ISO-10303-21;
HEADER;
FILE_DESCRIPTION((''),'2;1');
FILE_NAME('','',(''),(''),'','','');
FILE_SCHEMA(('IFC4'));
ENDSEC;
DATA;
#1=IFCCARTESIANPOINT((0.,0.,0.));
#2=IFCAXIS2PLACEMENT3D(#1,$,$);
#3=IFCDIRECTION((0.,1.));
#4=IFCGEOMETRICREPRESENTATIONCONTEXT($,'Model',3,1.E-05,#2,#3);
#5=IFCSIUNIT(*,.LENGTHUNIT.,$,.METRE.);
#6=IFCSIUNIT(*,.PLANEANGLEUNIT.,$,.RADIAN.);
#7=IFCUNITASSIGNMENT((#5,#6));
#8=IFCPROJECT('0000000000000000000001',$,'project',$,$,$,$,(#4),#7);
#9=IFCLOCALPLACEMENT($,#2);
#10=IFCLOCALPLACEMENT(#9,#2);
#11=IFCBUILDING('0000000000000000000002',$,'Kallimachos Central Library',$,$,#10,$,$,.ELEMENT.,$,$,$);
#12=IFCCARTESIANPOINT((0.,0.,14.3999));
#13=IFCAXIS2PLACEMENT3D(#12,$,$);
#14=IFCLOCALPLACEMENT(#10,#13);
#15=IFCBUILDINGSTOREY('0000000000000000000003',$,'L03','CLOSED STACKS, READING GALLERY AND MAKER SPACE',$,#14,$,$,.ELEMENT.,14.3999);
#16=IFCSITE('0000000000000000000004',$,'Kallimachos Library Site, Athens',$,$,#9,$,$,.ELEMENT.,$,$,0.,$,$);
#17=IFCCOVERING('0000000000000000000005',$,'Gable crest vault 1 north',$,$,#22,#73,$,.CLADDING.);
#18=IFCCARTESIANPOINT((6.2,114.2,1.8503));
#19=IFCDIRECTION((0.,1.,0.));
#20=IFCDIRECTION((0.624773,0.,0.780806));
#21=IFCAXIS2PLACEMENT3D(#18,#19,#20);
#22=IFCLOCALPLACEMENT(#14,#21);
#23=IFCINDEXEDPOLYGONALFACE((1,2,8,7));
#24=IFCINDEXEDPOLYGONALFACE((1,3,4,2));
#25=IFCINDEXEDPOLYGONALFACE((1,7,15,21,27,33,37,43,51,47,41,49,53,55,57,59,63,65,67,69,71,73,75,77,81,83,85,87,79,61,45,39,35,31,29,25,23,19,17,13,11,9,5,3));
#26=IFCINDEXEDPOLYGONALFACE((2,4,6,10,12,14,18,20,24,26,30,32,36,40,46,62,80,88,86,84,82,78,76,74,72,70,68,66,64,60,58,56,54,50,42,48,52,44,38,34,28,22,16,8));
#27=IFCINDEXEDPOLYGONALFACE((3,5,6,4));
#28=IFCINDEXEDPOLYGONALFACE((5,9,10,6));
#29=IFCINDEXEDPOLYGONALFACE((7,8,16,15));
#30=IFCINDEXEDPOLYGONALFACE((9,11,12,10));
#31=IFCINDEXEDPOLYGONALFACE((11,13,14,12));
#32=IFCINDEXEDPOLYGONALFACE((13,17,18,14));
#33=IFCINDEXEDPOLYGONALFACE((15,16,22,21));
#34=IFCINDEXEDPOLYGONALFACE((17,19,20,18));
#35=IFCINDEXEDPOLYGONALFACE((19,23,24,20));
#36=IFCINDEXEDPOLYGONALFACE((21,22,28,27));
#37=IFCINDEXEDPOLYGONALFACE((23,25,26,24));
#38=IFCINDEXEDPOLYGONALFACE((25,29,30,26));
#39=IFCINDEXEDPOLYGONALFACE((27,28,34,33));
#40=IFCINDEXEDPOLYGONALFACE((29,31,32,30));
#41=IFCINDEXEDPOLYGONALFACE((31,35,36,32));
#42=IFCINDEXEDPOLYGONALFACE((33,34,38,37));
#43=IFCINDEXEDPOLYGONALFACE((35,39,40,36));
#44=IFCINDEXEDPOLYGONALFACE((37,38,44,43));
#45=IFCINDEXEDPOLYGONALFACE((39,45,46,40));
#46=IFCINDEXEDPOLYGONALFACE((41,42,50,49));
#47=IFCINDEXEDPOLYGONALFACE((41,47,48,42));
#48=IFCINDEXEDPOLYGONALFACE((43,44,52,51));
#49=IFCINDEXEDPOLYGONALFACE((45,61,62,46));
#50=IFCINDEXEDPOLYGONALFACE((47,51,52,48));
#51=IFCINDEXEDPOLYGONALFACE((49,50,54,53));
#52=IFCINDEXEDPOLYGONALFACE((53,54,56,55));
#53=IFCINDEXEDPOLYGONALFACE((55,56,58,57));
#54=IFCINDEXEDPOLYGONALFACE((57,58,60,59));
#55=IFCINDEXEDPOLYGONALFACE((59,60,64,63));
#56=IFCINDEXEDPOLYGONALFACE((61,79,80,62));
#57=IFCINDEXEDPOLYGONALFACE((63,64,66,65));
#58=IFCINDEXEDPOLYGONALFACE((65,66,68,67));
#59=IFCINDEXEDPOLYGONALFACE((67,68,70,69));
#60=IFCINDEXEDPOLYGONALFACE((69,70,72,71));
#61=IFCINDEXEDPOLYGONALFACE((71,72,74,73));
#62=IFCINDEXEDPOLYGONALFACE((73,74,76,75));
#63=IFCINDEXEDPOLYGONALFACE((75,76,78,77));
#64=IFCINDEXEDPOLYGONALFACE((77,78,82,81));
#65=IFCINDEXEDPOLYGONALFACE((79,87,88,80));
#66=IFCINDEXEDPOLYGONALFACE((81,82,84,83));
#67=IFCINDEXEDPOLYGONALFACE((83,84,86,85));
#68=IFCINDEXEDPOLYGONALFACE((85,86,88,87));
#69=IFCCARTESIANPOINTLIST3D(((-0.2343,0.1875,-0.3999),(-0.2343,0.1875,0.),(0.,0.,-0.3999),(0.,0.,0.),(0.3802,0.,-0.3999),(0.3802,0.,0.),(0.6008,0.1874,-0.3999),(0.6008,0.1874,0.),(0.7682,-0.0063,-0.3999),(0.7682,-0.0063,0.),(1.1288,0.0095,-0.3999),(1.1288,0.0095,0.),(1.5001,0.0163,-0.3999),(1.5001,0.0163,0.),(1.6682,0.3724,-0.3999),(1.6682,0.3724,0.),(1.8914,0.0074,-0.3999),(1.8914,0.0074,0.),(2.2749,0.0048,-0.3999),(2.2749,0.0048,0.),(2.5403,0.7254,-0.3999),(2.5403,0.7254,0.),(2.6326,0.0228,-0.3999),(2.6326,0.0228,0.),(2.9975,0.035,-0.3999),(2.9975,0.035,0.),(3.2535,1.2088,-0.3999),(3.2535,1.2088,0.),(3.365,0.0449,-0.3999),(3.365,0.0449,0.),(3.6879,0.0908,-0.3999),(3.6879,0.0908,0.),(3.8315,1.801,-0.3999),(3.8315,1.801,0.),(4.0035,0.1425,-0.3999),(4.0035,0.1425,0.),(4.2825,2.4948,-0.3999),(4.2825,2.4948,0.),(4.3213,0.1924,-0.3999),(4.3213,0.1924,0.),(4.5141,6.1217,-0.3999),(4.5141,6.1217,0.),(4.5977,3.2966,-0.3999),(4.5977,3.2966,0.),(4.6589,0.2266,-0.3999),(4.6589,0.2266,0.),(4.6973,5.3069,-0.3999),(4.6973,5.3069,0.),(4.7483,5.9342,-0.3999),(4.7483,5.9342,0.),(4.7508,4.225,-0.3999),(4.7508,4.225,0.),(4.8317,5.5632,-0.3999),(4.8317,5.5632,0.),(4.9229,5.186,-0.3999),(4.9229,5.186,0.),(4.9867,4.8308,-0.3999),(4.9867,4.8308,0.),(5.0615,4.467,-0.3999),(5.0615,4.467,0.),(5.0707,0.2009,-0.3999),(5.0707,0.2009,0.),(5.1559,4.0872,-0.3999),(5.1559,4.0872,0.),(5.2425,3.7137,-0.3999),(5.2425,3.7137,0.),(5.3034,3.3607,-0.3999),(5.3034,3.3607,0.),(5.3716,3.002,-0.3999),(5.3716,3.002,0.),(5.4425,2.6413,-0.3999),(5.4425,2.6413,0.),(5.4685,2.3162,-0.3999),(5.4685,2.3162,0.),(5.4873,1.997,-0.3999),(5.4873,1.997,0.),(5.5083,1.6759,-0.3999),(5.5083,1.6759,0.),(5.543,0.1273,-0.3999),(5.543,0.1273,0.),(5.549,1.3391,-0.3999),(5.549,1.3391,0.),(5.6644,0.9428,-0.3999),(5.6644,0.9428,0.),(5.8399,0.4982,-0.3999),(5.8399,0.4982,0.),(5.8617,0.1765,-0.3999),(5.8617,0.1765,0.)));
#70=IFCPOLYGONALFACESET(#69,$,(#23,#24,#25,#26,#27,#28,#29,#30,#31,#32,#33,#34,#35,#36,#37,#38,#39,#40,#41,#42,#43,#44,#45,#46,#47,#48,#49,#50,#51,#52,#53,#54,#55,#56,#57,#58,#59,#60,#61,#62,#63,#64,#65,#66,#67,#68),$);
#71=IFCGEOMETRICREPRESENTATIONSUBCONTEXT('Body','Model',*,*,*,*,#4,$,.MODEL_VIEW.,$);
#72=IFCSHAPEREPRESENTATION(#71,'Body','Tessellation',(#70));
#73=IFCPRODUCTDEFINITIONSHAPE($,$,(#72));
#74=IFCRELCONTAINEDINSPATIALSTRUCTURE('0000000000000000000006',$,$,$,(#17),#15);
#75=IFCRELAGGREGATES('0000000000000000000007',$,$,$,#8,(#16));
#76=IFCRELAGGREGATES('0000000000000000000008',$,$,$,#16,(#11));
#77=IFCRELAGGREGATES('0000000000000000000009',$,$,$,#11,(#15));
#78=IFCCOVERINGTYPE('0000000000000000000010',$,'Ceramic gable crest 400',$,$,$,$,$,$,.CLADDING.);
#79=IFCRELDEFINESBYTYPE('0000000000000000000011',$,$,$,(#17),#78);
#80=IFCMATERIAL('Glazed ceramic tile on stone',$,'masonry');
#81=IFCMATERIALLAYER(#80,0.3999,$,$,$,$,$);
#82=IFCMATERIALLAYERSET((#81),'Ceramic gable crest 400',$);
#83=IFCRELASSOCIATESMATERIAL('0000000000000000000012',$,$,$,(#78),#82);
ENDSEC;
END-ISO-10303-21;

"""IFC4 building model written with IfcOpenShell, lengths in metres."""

from ifc_helpers import new_model, si_unit, direction, frame, origin, place, context, subcontext, project, spatial, polyline, outline, extrude, material, layer, layer_set, type_object, element, save


model = new_model("IFC4")

# Units and contexts
model_context = context("Model", 3, precision=1e-05, world=origin(), true_north=direction((0.0, 1.0)))
body_context = subcontext(model_context, "Body", "Model", "MODEL_VIEW")
ifc_project = project(units=[si_unit("LENGTHUNIT", "METRE"), si_unit("PLANEANGLEUNIT", "RADIAN")], contexts=[model_context])

# Site, building, storey
site_placement = place(None, origin())
site = spatial("IfcSite", under=ifc_project, at=site_placement, Name="Kallimachos Library Site, Athens", CompositionType="ELEMENT", RefElevation=0.0)
building_placement = place(site_placement, origin())
building = spatial("IfcBuilding", under=site, at=building_placement, Name="Kallimachos Central Library", CompositionType="ELEMENT")
storey_placement = place(building_placement, frame((0.0, 0.0, 14.3999)))
storey = spatial("IfcBuildingStorey", under=building, at=storey_placement, Name="L03", Description="CLOSED STACKS, READING GALLERY AND MAKER SPACE", CompositionType="ELEMENT", Elevation=14.3999)

# Covering
ifc_material_1 = material(Name="Glazed ceramic tile on stone", Category="masonry")
ifc_layer_1 = layer(ifc_material_1, 0.3999)
ifc_layer_set_1 = layer_set([ifc_layer_1], Name="Ceramic gable crest 400")
covering_type_1 = type_object("IfcCoveringType", Name="Ceramic gable crest 400", PredefinedType="CLADDING", material=ifc_layer_set_1)
covering_1_placement = place(storey_placement, frame((6.2, 114.2, 1.8503), z_axis=(0.0, 1.0, 0.0), x_axis=(0.624773, 0.0, 0.780806)))
element("IfcCovering", 1, at=covering_1_placement, inside=storey, type_object=covering_type_1, Name="Gable crest vault 1 north", PredefinedType="CLADDING", context=body_context, shape_type="SweptSolid", body=[
    extrude(outline(polyline([(0.0, 0.0), (0.3802, 0.0), (0.7682, -0.0063), (1.1288, 0.0095), (1.5001, 0.0163), (1.8914, 0.0074), (2.2749, 0.0048), (2.6326, 0.0228), (2.9975, 0.035), (3.365, 0.0449), (3.6879, 0.0908), (4.0035, 0.1425), (4.3213, 0.1924), (4.6589, 0.2266), (5.0707, 0.2009), (5.543, 0.1273), (5.8617, 0.1765), (5.8399, 0.4982), (5.6644, 0.9428), (5.549, 1.3391), (5.5083, 1.6759), (5.4873, 1.997), (5.4685, 2.3162), (5.4425, 2.6413), (5.3716, 3.002), (5.3034, 3.3607), (5.2425, 3.7137), (5.1559, 4.0872), (5.0615, 4.467), (4.9867, 4.8308), (4.9229, 5.186), (4.8317, 5.5632), (4.7483, 5.9342), (4.5141, 6.1217), (4.6973, 5.3069), (4.7508, 4.225), (4.5977, 3.2966), (4.2825, 2.4948), (3.8315, 1.801), (3.2535, 1.2088), (2.5403, 0.7254), (1.6682, 0.3724), (0.6008, 0.1874), (-0.2343, 0.1875), (0.0, 0.0)])), origin(), (0.0, 0.0, -1.0), 0.3999),
])

save(model, "model.ifc")
